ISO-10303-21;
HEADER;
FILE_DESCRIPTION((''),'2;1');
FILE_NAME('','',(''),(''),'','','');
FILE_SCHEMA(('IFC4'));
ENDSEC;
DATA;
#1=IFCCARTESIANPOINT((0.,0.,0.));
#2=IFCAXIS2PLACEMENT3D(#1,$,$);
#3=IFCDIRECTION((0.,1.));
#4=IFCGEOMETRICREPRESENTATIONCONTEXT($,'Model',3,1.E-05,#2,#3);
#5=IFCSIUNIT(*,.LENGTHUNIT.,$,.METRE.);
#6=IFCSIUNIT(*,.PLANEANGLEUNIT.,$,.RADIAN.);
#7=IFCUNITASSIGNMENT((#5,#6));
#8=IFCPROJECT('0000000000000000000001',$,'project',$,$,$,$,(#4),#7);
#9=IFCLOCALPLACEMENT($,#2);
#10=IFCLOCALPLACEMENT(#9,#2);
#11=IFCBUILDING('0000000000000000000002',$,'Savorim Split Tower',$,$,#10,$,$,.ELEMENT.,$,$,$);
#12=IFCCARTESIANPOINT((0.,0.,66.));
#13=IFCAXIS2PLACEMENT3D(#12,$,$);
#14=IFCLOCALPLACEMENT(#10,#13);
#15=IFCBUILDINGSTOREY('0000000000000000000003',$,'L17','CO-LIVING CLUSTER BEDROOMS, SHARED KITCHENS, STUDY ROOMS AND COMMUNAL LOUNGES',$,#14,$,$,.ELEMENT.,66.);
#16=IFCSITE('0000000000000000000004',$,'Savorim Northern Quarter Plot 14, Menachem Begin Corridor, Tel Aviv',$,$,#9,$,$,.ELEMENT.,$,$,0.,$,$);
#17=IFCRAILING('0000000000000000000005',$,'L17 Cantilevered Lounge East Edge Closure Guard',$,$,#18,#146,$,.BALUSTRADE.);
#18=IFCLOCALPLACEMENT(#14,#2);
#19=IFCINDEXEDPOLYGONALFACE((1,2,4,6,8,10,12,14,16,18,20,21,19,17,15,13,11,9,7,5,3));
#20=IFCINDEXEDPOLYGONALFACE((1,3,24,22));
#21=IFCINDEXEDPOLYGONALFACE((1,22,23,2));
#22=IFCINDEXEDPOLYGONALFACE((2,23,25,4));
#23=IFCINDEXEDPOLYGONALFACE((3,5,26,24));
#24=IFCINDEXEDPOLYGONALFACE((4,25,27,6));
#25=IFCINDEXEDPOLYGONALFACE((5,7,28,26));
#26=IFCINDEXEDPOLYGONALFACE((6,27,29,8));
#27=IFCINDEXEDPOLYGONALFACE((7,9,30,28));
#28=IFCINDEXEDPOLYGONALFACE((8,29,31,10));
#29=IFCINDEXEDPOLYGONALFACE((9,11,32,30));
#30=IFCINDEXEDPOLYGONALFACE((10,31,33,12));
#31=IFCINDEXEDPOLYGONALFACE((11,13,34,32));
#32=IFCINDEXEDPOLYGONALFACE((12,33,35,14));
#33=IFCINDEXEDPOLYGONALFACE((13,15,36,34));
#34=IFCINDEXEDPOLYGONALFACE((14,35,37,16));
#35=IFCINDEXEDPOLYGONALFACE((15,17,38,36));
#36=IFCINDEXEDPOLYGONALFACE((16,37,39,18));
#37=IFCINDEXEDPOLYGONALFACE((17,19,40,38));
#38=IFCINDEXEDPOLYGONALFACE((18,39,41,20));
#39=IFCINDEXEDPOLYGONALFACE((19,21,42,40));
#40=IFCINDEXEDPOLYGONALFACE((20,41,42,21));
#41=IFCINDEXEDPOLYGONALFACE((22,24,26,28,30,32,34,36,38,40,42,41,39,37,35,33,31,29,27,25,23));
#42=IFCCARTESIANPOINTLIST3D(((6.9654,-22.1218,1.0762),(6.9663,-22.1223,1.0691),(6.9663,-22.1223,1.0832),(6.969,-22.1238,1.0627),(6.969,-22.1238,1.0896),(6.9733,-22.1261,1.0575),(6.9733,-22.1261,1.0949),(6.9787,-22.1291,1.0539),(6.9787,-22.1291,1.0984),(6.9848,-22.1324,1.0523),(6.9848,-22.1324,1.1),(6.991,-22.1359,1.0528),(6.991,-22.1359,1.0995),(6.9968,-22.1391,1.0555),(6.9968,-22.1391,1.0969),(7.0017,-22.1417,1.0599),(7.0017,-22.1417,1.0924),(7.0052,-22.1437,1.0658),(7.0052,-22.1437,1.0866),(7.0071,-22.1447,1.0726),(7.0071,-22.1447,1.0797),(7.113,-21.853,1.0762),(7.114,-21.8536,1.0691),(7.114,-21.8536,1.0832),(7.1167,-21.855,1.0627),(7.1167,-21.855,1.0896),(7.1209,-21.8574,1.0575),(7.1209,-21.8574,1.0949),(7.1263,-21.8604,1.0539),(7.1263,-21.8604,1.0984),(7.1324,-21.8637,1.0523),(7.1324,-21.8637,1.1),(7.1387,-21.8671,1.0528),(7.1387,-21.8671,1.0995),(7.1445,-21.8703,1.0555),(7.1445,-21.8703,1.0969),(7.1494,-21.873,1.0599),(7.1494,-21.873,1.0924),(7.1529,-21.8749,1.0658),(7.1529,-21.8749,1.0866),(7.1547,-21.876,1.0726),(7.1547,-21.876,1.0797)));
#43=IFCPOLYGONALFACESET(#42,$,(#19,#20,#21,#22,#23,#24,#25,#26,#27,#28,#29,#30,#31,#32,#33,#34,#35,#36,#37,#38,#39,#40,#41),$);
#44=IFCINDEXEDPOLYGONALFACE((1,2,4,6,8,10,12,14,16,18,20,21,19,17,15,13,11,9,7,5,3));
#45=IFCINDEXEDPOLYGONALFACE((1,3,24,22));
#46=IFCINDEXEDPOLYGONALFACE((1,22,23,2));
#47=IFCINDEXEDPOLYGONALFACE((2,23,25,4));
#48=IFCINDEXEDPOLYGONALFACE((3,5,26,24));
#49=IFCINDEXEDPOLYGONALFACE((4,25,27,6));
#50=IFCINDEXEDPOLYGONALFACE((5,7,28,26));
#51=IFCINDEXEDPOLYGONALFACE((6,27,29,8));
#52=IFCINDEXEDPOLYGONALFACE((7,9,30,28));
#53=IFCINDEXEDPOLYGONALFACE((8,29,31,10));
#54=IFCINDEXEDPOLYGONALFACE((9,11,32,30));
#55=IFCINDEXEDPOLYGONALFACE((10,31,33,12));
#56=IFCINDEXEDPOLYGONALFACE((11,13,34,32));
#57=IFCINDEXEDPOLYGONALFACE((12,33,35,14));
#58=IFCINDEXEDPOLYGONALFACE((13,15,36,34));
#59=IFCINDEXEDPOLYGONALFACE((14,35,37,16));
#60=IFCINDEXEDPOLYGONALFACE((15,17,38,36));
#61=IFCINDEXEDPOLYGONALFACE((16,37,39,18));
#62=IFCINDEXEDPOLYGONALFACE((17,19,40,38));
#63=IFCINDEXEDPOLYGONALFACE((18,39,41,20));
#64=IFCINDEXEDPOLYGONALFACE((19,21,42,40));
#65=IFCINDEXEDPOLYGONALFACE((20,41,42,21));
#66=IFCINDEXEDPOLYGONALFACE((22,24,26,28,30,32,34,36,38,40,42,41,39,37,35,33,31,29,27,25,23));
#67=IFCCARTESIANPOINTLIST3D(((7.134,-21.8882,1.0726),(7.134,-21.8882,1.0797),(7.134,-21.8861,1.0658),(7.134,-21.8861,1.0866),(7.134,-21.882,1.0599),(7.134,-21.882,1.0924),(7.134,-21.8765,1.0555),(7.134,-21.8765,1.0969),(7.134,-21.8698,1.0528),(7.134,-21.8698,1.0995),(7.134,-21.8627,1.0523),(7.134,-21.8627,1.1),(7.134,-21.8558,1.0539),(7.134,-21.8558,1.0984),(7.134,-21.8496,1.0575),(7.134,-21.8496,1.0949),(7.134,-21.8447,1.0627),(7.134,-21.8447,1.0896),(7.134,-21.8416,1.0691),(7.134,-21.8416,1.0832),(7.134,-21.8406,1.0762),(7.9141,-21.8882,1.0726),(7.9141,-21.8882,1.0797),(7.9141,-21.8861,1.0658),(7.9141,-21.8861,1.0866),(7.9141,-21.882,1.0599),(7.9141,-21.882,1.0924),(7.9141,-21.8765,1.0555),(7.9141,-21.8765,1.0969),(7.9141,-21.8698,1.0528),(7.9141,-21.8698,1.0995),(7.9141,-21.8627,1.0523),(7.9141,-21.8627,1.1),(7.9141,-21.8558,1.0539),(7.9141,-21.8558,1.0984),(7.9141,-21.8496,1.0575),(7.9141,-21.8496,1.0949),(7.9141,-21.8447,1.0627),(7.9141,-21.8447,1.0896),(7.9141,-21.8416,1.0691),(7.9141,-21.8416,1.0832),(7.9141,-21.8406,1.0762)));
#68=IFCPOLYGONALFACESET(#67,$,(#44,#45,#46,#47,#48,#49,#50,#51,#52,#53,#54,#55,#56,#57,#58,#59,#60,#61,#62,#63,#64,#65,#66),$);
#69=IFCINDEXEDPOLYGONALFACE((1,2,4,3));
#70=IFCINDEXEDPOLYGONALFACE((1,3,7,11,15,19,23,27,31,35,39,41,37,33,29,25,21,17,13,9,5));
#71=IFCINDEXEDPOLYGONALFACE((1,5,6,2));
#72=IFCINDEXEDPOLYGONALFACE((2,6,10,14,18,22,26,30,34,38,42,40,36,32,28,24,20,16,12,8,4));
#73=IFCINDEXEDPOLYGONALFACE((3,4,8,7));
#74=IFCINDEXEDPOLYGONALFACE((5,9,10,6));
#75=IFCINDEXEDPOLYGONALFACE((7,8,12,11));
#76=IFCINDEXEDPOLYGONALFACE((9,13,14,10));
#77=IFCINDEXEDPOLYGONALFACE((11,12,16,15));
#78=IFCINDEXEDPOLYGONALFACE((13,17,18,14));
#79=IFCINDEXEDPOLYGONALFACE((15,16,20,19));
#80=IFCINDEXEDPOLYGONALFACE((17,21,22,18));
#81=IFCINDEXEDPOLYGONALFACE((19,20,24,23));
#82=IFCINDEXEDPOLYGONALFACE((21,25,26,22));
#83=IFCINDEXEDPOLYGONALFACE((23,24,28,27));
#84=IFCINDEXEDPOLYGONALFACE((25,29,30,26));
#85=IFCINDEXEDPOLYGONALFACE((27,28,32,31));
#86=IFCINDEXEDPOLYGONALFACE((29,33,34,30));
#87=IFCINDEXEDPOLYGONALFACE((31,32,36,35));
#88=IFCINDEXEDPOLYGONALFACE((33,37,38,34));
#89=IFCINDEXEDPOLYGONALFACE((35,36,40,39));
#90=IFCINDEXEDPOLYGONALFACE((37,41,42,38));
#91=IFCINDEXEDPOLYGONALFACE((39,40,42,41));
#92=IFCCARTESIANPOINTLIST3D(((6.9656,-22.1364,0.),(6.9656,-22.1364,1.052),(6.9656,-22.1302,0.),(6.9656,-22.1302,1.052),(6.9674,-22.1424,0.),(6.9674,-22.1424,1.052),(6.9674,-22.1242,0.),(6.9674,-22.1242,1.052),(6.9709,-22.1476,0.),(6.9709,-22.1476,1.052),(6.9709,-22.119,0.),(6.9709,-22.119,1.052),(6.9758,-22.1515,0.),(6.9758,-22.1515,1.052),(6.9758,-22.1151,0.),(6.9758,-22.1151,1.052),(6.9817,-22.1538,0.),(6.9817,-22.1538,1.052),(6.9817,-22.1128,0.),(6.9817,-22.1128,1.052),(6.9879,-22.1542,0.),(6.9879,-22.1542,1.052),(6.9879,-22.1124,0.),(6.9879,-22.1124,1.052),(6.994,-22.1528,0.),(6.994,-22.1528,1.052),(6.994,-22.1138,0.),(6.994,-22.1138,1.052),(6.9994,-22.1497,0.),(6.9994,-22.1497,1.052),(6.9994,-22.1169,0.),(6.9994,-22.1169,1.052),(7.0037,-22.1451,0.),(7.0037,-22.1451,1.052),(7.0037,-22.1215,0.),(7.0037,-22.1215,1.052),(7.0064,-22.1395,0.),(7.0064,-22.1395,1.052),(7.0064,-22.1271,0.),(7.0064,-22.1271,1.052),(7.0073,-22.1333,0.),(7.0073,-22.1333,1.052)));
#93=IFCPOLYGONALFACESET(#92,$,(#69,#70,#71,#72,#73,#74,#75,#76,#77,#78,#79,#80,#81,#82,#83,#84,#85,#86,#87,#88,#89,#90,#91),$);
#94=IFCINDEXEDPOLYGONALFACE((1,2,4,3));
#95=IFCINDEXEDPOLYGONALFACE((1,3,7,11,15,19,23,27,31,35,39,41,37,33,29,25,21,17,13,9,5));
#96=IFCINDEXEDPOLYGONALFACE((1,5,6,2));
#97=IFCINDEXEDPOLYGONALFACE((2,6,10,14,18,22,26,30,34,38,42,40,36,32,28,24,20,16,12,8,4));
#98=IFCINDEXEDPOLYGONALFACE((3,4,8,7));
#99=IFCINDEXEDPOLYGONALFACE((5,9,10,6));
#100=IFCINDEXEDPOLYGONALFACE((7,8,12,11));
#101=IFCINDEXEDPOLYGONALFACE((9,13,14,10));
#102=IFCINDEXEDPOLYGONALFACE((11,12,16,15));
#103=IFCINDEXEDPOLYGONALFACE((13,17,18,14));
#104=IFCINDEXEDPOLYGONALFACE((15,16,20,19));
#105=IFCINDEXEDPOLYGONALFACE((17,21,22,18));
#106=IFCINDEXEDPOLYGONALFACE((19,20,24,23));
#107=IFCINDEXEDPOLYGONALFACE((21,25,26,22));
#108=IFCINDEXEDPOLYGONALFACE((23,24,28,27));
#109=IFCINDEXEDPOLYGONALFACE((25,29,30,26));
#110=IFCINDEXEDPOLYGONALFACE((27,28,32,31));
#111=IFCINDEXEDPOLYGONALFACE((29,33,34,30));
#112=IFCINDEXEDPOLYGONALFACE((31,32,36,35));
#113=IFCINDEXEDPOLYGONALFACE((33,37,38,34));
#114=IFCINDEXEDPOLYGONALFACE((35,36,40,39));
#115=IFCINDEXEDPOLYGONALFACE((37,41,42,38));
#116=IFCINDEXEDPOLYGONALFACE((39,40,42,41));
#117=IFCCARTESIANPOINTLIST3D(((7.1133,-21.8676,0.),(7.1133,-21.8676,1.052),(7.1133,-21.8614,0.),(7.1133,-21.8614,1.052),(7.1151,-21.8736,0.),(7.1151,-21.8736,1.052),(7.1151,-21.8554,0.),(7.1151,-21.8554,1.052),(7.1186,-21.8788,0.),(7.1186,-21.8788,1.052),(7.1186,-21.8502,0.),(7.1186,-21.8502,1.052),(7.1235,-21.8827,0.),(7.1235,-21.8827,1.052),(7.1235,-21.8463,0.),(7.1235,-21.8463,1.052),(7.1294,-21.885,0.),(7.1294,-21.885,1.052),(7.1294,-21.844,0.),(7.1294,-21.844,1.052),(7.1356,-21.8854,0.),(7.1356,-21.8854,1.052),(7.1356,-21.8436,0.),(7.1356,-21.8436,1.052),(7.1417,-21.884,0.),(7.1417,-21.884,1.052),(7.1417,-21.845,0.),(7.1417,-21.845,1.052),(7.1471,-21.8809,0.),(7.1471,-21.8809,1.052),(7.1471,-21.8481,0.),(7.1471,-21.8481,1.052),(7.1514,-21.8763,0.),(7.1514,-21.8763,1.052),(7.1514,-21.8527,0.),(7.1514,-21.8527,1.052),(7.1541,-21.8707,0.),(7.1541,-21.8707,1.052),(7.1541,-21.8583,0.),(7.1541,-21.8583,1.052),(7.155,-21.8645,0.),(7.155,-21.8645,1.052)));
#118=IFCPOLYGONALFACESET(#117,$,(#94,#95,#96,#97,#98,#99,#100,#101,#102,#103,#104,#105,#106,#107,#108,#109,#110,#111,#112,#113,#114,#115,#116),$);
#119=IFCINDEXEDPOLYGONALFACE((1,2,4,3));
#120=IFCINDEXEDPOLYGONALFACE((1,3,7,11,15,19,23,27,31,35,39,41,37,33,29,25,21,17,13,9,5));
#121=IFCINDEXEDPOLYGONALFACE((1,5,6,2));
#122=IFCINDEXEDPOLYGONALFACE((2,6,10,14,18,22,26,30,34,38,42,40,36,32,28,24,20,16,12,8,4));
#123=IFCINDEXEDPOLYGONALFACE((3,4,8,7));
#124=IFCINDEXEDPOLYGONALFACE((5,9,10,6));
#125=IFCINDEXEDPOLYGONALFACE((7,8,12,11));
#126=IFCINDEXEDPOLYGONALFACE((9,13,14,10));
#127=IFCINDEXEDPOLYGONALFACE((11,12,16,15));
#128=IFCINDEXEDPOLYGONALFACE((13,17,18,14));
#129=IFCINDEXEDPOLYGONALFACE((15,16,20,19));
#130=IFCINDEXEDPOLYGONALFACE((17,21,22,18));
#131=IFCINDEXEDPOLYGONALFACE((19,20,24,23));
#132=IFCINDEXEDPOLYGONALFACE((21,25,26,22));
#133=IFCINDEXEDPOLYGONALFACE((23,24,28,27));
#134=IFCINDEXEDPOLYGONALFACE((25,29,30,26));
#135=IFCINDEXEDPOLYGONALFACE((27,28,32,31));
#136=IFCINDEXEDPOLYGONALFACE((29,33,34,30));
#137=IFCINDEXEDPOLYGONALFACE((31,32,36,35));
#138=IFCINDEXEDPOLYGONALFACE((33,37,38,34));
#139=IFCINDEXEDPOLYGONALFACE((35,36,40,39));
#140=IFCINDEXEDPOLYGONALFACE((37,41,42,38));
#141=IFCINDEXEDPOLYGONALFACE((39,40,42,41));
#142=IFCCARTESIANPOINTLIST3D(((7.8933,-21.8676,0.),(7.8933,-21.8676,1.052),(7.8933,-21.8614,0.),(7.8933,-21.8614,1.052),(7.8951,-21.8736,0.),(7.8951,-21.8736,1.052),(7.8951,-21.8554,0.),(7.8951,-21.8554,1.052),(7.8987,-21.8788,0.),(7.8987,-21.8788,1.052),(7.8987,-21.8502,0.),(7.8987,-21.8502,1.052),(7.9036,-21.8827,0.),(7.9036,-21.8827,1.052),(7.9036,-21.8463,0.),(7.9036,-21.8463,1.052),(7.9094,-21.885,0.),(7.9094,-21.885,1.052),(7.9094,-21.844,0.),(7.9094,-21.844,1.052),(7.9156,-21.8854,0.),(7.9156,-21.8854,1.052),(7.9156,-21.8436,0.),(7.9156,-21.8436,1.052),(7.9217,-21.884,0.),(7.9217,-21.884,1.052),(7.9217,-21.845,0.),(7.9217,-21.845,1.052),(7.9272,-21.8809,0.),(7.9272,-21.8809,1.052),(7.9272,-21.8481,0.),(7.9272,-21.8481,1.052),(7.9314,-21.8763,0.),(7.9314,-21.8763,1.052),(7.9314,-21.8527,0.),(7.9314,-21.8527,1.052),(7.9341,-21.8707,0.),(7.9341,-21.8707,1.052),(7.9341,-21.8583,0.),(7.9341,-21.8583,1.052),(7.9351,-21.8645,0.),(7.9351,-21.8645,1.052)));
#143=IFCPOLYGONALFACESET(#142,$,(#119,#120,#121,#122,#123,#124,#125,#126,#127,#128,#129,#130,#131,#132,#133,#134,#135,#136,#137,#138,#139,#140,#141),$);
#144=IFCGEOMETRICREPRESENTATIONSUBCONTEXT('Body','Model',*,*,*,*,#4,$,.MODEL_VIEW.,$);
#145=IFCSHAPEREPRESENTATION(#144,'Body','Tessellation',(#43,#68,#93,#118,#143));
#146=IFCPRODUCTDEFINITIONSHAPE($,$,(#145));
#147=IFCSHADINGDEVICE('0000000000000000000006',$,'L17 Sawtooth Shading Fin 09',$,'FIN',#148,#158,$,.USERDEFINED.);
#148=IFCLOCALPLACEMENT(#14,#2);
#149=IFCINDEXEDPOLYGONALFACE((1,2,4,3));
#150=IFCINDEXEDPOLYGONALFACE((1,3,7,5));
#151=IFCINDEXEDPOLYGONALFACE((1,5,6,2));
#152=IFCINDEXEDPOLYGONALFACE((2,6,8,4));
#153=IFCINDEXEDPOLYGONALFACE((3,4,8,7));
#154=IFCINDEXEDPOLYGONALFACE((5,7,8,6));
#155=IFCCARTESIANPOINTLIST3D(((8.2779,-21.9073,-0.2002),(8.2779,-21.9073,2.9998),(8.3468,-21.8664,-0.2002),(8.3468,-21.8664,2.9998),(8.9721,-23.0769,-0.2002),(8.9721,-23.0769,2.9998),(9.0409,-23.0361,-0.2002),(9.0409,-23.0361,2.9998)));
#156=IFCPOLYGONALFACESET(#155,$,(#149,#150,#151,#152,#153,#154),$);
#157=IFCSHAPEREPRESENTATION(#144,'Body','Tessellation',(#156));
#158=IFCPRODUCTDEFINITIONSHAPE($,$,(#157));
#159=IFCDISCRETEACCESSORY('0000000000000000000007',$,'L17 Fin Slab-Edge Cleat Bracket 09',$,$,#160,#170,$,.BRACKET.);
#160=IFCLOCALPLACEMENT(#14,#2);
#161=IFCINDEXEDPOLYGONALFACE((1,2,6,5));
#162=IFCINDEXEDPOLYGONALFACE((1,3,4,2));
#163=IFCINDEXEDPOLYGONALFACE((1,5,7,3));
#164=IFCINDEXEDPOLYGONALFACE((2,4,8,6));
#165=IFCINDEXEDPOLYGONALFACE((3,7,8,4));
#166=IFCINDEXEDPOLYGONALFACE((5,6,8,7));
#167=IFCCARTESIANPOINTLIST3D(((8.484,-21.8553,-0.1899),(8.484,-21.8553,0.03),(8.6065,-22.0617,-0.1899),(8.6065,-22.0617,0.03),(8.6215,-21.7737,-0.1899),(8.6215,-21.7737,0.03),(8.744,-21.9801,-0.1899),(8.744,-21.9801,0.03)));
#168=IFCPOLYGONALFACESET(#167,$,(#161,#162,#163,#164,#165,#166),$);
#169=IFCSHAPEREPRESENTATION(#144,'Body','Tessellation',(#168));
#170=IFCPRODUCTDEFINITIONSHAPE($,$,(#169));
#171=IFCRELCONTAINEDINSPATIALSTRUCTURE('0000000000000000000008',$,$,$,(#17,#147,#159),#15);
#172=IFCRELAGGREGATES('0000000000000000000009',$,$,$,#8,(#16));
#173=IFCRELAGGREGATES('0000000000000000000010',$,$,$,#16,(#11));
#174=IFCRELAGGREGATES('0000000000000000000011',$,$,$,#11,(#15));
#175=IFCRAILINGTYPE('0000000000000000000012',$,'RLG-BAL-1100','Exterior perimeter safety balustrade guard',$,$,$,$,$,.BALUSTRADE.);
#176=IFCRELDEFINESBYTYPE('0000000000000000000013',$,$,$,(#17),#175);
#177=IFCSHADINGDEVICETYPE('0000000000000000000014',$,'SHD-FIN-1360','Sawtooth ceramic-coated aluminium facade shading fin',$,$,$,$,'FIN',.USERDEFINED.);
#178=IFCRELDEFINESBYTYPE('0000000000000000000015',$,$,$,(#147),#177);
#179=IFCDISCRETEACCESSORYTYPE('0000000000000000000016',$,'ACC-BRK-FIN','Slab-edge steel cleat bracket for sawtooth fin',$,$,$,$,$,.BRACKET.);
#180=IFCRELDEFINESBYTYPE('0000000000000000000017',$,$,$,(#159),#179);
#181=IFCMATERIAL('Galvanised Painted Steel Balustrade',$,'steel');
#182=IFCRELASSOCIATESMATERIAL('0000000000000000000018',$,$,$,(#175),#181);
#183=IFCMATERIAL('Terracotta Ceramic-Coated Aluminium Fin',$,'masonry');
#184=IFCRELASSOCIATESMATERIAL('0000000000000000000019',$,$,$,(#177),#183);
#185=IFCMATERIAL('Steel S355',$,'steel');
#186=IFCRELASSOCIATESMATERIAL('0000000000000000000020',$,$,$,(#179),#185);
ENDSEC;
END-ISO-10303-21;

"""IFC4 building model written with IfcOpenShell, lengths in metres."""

from ifc_helpers import new_model, si_unit, direction, frame, origin, origin_2d, place, context, subcontext, project, spatial, rectangle, circle, extrude, material, type_object, element, save


model = new_model("IFC4")

# Units and contexts
model_context = context("Model", 3, precision=1e-05, world=origin(), true_north=direction((0.0, 1.0)))
body_context = subcontext(model_context, "Body", "Model", "MODEL_VIEW")
ifc_project = project(units=[si_unit("LENGTHUNIT", "METRE"), si_unit("PLANEANGLEUNIT", "RADIAN")], contexts=[model_context])

# Site, building, storey
site_placement = place(None, origin())
site = spatial("IfcSite", under=ifc_project, at=site_placement, Name="Savorim Northern Quarter Plot 14, Menachem Begin Corridor, Tel Aviv", CompositionType="ELEMENT", RefElevation=0.0)
building_placement = place(site_placement, origin())
building = spatial("IfcBuilding", under=site, at=building_placement, Name="Savorim Split Tower", CompositionType="ELEMENT")
storey_placement = place(building_placement, frame((0.0, 0.0, 66.0)))
storey = spatial("IfcBuildingStorey", under=building, at=storey_placement, Name="L17", Description="CO-LIVING CLUSTER BEDROOMS, SHARED KITCHENS, STUDY ROOMS AND COMMUNAL LOUNGES", CompositionType="ELEMENT", Elevation=66.0)

# Shared definitions
ifc_material_1 = material(Name="Steel S355", Category="steel")

# Railing
ifc_material_2 = material(Name="Galvanised Painted Steel Balustrade", Category="steel")
railing_type = type_object("IfcRailingType", Name="RLG-BAL-1100", Description="Exterior perimeter safety balustrade guard", PredefinedType="BALUSTRADE", material=ifc_material_2)
railing_placement = place(storey_placement, frame((6.9863, -22.1333, 0.0)))
element("IfcRailing", 1, at=railing_placement, inside=storey, type_object=railing_type, Name="L17 Cantilevered Lounge East Edge Closure Guard", PredefinedType="BALUSTRADE", context=body_context, shape_type="SweptSolid", body=[
    extrude(circle(Radius=0.0239, at=origin_2d()), frame((0.0, 0.0, 1.0762), z_axis=(0.481583, 0.876401, 0.0), x_axis=(-0.876401, 0.481583, 0.0)), (0.0, 0.0, 1.0), 0.3066),
    extrude(circle(Radius=0.0239, at=origin_2d()), frame((0.1477, 0.2688, 1.0762), z_axis=(1.0, 0.0, 0.0), x_axis=(0.0, 1.0, 0.0)), (0.0, 0.0, 1.0), 0.78),
    extrude(circle(Radius=0.021, at=origin_2d()), origin(), (0.0, 0.0, 1.0), 1.052),
    extrude(circle(Radius=0.021, at=origin_2d()), frame((0.1477, 0.2688, 0.0)), (0.0, 0.0, 1.0), 1.052),
    extrude(circle(Radius=0.021, at=origin_2d()), frame((0.9277, 0.2688, 0.0)), (0.0, 0.0, 1.0), 1.052),
])

# Shading device
ifc_material_3 = material(Name="Terracotta Ceramic-Coated Aluminium Fin", Category="masonry")
shading_device_type = type_object("IfcShadingDeviceType", Name="SHD-FIN-1360", Description="Sawtooth ceramic-coated aluminium facade shading fin", ElementType="FIN", PredefinedType="USERDEFINED", material=ifc_material_3)
shading_device_placement = place(storey_placement, frame((8.6594, -22.4717, -0.2002), z_axis=(0.0, 0.0, 1.0), x_axis=(0.510391, -0.859942, 0.0)))
element("IfcShadingDevice", 2, at=shading_device_placement, inside=storey, type_object=shading_device_type, Name="L17 Sawtooth Shading Fin 09", ObjectType="FIN", PredefinedType="USERDEFINED", context=body_context, shape_type="SweptSolid", body=[
    extrude(rectangle(XDim=1.3601, YDim=0.0801, at=origin_2d()), origin(), (0.0, 0.0, 1.0), 3.2),
])

# Discrete accessory
discrete_accessory_type = type_object("IfcDiscreteAccessoryType", Name="ACC-BRK-FIN", Description="Slab-edge steel cleat bracket for sawtooth fin", PredefinedType="BRACKET", material=ifc_material_1)
discrete_accessory_placement = place(storey_placement, frame((8.614, -21.9177, -0.1899), z_axis=(0.0, 0.0, 1.0), x_axis=(0.510391, -0.859942, 0.0)))
element("IfcDiscreteAccessory", 3, at=discrete_accessory_placement, inside=storey, type_object=discrete_accessory_type, Name="L17 Fin Slab-Edge Cleat Bracket 09", PredefinedType="BRACKET", context=body_context, shape_type="SweptSolid", body=[
    extrude(rectangle(XDim=0.24, YDim=0.1599, at=origin_2d()), origin(), (0.0, 0.0, 1.0), 0.22),
])

save(model, "model.ifc")
